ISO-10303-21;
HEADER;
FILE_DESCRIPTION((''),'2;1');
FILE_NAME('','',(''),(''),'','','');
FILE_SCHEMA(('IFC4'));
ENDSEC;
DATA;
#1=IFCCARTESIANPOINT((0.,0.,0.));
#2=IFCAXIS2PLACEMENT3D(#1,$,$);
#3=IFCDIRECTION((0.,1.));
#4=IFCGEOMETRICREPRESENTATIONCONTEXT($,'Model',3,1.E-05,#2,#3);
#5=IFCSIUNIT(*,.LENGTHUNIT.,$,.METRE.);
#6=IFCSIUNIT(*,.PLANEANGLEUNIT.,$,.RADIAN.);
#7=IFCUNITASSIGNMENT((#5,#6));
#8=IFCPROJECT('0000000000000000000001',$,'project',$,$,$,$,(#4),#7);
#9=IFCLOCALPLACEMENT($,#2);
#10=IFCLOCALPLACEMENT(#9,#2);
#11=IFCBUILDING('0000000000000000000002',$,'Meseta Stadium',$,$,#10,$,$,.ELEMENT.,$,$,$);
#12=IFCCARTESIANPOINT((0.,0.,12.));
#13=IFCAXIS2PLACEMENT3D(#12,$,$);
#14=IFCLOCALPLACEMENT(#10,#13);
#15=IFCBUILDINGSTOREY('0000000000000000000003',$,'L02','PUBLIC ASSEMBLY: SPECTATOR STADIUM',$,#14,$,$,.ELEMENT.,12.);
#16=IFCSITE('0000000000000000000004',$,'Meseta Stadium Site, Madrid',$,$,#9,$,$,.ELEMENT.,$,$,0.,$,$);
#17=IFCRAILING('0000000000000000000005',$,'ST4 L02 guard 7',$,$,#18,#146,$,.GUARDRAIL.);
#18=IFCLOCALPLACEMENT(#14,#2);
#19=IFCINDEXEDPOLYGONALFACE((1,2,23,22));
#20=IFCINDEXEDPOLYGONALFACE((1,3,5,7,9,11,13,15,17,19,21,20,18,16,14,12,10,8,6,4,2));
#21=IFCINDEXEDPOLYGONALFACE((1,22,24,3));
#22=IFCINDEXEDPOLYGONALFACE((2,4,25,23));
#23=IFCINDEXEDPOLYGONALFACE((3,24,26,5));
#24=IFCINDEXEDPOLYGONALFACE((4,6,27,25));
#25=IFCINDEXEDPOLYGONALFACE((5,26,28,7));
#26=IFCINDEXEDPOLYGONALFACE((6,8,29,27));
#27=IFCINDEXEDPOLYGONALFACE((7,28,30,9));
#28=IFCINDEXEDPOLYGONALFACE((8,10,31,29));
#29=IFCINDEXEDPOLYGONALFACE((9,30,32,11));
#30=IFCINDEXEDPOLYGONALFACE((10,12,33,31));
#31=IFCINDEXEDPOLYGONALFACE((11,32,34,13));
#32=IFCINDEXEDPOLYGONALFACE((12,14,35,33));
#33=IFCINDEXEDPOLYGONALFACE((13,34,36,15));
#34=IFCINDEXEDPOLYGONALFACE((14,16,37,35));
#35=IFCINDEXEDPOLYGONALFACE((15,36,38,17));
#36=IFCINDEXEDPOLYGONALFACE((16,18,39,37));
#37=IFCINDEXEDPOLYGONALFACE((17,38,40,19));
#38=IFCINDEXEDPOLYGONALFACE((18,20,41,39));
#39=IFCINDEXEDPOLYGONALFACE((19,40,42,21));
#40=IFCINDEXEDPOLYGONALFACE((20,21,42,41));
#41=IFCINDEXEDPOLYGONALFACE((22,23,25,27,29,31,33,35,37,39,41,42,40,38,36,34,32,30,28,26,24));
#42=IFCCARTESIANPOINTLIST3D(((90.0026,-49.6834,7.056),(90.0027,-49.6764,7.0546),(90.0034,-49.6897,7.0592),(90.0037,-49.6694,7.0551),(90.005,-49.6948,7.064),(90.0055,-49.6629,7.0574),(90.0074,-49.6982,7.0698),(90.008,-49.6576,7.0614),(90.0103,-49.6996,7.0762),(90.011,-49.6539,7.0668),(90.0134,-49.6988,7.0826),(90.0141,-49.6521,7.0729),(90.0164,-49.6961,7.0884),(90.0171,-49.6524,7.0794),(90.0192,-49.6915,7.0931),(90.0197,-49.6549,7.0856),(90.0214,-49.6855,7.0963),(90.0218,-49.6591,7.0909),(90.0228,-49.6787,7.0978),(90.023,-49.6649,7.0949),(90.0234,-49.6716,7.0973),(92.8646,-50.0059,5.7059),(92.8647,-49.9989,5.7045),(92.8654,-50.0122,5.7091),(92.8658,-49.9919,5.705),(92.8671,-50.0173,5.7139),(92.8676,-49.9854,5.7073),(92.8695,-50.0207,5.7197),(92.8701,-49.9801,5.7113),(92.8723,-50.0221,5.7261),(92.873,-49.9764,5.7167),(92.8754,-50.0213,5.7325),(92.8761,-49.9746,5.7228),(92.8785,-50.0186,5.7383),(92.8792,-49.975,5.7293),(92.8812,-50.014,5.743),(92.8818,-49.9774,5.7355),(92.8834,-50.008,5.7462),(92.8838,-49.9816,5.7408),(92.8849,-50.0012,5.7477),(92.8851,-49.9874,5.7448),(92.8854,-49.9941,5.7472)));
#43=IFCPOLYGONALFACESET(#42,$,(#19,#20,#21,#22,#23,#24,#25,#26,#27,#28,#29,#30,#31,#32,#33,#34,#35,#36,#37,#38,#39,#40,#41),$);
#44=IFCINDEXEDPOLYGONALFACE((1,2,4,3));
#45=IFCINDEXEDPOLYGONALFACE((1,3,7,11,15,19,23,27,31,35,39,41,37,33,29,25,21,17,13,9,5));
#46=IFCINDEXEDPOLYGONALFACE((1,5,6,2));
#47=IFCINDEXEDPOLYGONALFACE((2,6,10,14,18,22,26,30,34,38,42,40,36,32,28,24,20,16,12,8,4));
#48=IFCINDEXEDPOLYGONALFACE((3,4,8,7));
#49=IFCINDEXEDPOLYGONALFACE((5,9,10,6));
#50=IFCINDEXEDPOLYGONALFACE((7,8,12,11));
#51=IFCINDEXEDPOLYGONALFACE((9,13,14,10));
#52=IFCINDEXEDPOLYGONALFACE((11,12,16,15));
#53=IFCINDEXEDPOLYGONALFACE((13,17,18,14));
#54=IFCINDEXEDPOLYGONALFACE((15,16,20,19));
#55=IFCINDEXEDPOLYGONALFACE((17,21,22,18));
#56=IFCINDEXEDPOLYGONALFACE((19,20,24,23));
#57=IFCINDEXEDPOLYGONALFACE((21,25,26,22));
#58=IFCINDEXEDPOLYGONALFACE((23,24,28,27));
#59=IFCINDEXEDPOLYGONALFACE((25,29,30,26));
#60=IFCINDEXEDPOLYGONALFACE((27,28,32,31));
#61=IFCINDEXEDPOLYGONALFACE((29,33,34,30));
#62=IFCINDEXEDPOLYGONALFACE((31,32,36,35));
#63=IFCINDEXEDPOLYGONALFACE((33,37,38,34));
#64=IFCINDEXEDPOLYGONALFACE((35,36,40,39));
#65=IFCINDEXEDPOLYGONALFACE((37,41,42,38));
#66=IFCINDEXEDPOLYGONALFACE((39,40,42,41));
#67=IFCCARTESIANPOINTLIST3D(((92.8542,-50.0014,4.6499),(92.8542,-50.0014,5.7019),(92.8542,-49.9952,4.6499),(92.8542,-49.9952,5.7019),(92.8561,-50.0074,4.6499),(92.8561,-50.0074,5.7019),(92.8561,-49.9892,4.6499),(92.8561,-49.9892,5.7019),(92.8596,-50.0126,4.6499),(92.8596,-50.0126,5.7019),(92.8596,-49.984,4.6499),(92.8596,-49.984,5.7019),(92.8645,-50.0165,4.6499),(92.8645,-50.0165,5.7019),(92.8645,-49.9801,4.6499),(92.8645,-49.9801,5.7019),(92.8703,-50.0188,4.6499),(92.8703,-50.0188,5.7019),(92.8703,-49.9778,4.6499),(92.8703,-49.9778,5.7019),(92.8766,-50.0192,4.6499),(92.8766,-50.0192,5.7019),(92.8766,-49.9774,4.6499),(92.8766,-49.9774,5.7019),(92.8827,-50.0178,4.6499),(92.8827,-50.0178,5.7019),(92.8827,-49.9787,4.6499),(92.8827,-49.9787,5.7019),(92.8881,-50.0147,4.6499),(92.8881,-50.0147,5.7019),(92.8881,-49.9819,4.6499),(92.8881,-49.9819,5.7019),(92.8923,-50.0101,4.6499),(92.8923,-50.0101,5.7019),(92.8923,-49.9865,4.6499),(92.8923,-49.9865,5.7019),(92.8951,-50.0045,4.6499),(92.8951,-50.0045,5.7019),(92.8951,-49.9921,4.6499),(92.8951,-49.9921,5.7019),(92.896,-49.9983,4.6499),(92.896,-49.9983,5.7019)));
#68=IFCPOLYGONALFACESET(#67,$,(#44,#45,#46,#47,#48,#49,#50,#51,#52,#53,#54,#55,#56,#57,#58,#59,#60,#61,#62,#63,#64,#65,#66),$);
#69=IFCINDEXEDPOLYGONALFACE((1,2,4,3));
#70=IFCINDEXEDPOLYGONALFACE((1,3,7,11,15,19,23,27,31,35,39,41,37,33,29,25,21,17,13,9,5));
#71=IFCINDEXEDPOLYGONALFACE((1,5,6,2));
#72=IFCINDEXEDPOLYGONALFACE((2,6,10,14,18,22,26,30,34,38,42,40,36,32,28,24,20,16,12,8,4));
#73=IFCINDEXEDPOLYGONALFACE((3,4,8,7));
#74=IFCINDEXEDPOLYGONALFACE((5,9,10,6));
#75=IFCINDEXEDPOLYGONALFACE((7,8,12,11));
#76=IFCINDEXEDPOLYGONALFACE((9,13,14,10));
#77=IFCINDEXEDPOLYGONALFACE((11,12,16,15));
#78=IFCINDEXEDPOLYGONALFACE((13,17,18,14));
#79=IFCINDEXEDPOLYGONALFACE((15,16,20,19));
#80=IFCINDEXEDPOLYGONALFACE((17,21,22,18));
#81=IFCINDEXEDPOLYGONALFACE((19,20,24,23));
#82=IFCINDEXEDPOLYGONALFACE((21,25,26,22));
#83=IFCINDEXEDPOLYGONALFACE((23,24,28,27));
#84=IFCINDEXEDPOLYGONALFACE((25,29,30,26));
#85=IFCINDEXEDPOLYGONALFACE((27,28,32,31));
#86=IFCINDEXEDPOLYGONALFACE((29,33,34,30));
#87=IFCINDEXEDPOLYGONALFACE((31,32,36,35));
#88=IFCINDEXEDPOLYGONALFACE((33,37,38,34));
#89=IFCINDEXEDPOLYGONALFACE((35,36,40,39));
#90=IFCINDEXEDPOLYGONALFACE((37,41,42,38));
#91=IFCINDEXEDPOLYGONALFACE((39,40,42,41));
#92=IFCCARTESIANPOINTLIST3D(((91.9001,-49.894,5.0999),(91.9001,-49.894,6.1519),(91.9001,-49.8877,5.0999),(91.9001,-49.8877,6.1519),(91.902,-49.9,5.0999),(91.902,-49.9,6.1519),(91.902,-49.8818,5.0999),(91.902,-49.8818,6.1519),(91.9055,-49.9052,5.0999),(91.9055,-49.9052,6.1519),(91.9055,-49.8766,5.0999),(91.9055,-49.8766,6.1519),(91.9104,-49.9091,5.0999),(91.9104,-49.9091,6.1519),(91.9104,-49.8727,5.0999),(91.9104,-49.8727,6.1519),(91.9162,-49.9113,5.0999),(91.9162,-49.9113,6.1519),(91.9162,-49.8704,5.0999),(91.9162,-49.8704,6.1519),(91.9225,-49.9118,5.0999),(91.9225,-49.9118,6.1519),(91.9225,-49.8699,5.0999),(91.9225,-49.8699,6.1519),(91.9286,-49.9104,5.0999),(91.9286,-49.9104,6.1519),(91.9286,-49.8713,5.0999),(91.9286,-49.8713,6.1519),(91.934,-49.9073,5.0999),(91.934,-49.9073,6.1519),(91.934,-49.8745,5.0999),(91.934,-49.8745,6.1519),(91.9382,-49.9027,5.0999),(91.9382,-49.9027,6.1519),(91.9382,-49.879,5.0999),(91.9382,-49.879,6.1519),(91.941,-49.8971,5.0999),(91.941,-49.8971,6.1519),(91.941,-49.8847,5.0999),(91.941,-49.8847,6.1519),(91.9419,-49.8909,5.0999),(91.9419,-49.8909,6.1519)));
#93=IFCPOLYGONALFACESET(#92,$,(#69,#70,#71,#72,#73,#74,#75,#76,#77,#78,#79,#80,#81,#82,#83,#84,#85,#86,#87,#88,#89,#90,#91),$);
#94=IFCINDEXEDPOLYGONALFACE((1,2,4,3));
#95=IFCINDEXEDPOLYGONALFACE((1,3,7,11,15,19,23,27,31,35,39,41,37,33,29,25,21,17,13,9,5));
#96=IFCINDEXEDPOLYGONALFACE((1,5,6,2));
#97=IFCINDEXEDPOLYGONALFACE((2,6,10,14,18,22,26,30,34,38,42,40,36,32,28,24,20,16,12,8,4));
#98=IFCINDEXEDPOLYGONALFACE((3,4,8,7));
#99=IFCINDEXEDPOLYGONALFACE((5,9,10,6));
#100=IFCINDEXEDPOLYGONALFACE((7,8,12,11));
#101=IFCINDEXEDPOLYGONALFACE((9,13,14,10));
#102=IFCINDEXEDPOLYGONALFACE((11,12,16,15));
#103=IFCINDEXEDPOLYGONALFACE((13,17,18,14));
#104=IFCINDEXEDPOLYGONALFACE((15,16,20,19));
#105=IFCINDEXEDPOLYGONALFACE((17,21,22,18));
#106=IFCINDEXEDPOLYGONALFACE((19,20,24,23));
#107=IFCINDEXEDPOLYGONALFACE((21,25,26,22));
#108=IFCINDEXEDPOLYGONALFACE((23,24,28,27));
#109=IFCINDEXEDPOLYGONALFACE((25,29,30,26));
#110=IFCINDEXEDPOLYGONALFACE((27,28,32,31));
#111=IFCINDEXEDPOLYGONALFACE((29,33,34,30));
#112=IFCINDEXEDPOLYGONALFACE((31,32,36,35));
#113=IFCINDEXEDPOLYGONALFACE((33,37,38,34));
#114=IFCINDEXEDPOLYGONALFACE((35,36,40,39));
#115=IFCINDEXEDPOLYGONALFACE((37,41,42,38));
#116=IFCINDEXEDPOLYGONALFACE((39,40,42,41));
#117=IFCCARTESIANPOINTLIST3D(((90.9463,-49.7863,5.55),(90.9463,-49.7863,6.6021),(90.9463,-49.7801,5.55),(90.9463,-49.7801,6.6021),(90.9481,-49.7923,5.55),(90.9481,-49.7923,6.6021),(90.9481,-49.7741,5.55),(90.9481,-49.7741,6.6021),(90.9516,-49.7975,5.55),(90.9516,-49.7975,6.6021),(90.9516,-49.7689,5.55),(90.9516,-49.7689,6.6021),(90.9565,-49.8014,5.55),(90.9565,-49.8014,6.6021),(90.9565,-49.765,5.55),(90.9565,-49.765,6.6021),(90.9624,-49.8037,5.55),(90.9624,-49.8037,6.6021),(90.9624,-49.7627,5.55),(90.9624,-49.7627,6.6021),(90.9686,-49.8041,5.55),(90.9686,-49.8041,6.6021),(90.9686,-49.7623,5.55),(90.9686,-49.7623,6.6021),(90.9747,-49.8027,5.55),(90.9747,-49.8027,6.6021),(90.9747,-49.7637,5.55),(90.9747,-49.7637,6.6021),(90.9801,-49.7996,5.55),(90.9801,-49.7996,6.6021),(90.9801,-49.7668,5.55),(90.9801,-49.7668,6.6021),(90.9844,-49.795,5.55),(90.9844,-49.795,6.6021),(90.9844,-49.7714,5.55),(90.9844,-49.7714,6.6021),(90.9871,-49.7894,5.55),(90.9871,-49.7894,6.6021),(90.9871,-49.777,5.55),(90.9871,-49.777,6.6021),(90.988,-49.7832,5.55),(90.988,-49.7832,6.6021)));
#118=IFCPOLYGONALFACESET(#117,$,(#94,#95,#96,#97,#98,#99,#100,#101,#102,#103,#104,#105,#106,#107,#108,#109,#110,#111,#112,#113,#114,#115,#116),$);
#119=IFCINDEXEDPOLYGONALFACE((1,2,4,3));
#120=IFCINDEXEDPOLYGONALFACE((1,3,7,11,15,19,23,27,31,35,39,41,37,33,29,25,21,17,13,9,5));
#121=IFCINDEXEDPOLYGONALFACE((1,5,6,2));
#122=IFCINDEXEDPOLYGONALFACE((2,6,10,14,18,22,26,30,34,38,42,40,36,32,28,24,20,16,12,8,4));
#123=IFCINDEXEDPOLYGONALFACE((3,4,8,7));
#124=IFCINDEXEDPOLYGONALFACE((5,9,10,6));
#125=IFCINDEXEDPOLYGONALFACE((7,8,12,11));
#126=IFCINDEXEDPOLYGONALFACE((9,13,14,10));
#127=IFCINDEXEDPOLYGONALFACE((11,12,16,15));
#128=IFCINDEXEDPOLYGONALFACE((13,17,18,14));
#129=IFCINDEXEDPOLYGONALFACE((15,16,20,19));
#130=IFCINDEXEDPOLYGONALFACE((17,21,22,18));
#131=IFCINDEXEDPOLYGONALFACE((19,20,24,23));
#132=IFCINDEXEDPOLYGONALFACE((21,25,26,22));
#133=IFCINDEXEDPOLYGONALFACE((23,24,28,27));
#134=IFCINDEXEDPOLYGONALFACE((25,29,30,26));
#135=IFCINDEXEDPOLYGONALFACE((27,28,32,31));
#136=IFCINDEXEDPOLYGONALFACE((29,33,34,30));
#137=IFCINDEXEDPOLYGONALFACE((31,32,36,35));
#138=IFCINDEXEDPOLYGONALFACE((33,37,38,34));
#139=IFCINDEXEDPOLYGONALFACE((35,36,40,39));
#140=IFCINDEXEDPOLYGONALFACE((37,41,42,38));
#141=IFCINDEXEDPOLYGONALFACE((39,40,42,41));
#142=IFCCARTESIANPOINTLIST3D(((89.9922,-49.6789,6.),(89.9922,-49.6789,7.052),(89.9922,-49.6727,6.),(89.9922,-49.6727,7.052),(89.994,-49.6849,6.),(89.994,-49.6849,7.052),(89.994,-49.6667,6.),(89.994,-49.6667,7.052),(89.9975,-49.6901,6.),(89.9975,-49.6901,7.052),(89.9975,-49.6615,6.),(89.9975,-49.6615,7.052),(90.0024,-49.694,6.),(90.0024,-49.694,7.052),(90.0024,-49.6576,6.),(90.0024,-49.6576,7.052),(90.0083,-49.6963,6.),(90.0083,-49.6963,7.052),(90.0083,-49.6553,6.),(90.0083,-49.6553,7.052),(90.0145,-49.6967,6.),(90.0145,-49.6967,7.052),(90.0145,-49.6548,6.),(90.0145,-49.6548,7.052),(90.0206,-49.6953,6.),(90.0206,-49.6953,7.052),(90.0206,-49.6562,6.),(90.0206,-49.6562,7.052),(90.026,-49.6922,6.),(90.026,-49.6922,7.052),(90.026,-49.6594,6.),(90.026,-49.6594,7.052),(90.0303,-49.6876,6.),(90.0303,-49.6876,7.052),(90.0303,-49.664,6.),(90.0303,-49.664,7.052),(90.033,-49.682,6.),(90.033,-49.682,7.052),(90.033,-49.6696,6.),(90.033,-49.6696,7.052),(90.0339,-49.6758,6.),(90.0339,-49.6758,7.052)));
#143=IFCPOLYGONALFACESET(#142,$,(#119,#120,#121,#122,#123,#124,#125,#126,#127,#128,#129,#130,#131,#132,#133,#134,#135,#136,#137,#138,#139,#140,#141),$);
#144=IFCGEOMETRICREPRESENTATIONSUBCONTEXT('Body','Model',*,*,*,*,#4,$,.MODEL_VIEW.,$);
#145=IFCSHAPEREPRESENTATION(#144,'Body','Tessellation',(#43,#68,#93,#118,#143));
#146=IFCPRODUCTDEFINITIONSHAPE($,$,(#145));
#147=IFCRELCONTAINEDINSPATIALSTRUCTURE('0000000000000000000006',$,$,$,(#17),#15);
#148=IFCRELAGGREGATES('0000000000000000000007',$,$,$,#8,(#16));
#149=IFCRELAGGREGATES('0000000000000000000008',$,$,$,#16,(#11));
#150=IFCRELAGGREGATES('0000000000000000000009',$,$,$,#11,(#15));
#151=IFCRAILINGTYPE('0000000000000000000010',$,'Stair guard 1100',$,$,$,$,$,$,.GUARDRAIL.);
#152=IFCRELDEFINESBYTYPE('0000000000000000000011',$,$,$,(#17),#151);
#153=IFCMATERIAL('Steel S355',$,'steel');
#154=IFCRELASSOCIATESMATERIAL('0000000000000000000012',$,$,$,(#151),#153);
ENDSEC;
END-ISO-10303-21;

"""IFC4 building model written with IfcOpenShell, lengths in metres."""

from ifc_helpers import new_model, si_unit, direction, frame, origin, origin_2d, place, context, subcontext, project, spatial, circle, extrude, material, type_object, element, save


model = new_model("IFC4")

# Units and contexts
model_context = context("Model", 3, precision=1e-05, world=origin(), true_north=direction((0.0, 1.0)))
body_context = subcontext(model_context, "Body", "Model", "MODEL_VIEW")
ifc_project = project(units=[si_unit("LENGTHUNIT", "METRE"), si_unit("PLANEANGLEUNIT", "RADIAN")], contexts=[model_context])

# Site, building, storey
site_placement = place(None, origin())
site = spatial("IfcSite", under=ifc_project, at=site_placement, Name="Meseta Stadium Site, Madrid", CompositionType="ELEMENT", RefElevation=0.0)
building_placement = place(site_placement, origin())
building = spatial("IfcBuilding", under=site, at=building_placement, Name="Meseta Stadium", CompositionType="ELEMENT")
storey_placement = place(building_placement, frame((0.0, 0.0, 12.0)))
storey = spatial("IfcBuildingStorey", under=building, at=storey_placement, Name="L02", Description="PUBLIC ASSEMBLY: SPECTATOR STADIUM", CompositionType="ELEMENT", Elevation=12.0)

# Railing
ifc_material_1 = material(Name="Steel S355", Category="steel")
railing_type_1 = type_object("IfcRailingType", Name="Stair guard 1100", PredefinedType="GUARDRAIL", material=ifc_material_1)
railing_1_placement = place(storey_placement, frame((92.875, -49.9983, 4.6499)))
element("IfcRailing", 1, at=railing_1_placement, inside=storey, type_object=railing_type_1, Name="ST4 L02 guard 7", PredefinedType="GUARDRAIL", context=body_context, shape_type="SweptSolid", body=[
    extrude(circle(Radius=0.0239, at=origin_2d()), frame((0.0, 0.0, 1.0762), z_axis=(-0.899763, 0.101389, 0.424438), x_axis=(-0.111976, -0.993711, 0.0)), (0.0, 0.0, 1.0), 3.1809),
    extrude(circle(Radius=0.021, at=origin_2d()), origin(), (0.0, 0.0, 1.0), 1.052),
    extrude(circle(Radius=0.021, at=origin_2d()), frame((-0.9541, 0.1074, 0.45)), (0.0, 0.0, 1.0), 1.052),
    extrude(circle(Radius=0.021, at=origin_2d()), frame((-1.908, 0.2151, 0.9001)), (0.0, 0.0, 1.0), 1.052),
    extrude(circle(Radius=0.021, at=origin_2d()), frame((-2.8621, 0.3225, 1.3501)), (0.0, 0.0, 1.0), 1.052),
])

save(model, "model.ifc")
